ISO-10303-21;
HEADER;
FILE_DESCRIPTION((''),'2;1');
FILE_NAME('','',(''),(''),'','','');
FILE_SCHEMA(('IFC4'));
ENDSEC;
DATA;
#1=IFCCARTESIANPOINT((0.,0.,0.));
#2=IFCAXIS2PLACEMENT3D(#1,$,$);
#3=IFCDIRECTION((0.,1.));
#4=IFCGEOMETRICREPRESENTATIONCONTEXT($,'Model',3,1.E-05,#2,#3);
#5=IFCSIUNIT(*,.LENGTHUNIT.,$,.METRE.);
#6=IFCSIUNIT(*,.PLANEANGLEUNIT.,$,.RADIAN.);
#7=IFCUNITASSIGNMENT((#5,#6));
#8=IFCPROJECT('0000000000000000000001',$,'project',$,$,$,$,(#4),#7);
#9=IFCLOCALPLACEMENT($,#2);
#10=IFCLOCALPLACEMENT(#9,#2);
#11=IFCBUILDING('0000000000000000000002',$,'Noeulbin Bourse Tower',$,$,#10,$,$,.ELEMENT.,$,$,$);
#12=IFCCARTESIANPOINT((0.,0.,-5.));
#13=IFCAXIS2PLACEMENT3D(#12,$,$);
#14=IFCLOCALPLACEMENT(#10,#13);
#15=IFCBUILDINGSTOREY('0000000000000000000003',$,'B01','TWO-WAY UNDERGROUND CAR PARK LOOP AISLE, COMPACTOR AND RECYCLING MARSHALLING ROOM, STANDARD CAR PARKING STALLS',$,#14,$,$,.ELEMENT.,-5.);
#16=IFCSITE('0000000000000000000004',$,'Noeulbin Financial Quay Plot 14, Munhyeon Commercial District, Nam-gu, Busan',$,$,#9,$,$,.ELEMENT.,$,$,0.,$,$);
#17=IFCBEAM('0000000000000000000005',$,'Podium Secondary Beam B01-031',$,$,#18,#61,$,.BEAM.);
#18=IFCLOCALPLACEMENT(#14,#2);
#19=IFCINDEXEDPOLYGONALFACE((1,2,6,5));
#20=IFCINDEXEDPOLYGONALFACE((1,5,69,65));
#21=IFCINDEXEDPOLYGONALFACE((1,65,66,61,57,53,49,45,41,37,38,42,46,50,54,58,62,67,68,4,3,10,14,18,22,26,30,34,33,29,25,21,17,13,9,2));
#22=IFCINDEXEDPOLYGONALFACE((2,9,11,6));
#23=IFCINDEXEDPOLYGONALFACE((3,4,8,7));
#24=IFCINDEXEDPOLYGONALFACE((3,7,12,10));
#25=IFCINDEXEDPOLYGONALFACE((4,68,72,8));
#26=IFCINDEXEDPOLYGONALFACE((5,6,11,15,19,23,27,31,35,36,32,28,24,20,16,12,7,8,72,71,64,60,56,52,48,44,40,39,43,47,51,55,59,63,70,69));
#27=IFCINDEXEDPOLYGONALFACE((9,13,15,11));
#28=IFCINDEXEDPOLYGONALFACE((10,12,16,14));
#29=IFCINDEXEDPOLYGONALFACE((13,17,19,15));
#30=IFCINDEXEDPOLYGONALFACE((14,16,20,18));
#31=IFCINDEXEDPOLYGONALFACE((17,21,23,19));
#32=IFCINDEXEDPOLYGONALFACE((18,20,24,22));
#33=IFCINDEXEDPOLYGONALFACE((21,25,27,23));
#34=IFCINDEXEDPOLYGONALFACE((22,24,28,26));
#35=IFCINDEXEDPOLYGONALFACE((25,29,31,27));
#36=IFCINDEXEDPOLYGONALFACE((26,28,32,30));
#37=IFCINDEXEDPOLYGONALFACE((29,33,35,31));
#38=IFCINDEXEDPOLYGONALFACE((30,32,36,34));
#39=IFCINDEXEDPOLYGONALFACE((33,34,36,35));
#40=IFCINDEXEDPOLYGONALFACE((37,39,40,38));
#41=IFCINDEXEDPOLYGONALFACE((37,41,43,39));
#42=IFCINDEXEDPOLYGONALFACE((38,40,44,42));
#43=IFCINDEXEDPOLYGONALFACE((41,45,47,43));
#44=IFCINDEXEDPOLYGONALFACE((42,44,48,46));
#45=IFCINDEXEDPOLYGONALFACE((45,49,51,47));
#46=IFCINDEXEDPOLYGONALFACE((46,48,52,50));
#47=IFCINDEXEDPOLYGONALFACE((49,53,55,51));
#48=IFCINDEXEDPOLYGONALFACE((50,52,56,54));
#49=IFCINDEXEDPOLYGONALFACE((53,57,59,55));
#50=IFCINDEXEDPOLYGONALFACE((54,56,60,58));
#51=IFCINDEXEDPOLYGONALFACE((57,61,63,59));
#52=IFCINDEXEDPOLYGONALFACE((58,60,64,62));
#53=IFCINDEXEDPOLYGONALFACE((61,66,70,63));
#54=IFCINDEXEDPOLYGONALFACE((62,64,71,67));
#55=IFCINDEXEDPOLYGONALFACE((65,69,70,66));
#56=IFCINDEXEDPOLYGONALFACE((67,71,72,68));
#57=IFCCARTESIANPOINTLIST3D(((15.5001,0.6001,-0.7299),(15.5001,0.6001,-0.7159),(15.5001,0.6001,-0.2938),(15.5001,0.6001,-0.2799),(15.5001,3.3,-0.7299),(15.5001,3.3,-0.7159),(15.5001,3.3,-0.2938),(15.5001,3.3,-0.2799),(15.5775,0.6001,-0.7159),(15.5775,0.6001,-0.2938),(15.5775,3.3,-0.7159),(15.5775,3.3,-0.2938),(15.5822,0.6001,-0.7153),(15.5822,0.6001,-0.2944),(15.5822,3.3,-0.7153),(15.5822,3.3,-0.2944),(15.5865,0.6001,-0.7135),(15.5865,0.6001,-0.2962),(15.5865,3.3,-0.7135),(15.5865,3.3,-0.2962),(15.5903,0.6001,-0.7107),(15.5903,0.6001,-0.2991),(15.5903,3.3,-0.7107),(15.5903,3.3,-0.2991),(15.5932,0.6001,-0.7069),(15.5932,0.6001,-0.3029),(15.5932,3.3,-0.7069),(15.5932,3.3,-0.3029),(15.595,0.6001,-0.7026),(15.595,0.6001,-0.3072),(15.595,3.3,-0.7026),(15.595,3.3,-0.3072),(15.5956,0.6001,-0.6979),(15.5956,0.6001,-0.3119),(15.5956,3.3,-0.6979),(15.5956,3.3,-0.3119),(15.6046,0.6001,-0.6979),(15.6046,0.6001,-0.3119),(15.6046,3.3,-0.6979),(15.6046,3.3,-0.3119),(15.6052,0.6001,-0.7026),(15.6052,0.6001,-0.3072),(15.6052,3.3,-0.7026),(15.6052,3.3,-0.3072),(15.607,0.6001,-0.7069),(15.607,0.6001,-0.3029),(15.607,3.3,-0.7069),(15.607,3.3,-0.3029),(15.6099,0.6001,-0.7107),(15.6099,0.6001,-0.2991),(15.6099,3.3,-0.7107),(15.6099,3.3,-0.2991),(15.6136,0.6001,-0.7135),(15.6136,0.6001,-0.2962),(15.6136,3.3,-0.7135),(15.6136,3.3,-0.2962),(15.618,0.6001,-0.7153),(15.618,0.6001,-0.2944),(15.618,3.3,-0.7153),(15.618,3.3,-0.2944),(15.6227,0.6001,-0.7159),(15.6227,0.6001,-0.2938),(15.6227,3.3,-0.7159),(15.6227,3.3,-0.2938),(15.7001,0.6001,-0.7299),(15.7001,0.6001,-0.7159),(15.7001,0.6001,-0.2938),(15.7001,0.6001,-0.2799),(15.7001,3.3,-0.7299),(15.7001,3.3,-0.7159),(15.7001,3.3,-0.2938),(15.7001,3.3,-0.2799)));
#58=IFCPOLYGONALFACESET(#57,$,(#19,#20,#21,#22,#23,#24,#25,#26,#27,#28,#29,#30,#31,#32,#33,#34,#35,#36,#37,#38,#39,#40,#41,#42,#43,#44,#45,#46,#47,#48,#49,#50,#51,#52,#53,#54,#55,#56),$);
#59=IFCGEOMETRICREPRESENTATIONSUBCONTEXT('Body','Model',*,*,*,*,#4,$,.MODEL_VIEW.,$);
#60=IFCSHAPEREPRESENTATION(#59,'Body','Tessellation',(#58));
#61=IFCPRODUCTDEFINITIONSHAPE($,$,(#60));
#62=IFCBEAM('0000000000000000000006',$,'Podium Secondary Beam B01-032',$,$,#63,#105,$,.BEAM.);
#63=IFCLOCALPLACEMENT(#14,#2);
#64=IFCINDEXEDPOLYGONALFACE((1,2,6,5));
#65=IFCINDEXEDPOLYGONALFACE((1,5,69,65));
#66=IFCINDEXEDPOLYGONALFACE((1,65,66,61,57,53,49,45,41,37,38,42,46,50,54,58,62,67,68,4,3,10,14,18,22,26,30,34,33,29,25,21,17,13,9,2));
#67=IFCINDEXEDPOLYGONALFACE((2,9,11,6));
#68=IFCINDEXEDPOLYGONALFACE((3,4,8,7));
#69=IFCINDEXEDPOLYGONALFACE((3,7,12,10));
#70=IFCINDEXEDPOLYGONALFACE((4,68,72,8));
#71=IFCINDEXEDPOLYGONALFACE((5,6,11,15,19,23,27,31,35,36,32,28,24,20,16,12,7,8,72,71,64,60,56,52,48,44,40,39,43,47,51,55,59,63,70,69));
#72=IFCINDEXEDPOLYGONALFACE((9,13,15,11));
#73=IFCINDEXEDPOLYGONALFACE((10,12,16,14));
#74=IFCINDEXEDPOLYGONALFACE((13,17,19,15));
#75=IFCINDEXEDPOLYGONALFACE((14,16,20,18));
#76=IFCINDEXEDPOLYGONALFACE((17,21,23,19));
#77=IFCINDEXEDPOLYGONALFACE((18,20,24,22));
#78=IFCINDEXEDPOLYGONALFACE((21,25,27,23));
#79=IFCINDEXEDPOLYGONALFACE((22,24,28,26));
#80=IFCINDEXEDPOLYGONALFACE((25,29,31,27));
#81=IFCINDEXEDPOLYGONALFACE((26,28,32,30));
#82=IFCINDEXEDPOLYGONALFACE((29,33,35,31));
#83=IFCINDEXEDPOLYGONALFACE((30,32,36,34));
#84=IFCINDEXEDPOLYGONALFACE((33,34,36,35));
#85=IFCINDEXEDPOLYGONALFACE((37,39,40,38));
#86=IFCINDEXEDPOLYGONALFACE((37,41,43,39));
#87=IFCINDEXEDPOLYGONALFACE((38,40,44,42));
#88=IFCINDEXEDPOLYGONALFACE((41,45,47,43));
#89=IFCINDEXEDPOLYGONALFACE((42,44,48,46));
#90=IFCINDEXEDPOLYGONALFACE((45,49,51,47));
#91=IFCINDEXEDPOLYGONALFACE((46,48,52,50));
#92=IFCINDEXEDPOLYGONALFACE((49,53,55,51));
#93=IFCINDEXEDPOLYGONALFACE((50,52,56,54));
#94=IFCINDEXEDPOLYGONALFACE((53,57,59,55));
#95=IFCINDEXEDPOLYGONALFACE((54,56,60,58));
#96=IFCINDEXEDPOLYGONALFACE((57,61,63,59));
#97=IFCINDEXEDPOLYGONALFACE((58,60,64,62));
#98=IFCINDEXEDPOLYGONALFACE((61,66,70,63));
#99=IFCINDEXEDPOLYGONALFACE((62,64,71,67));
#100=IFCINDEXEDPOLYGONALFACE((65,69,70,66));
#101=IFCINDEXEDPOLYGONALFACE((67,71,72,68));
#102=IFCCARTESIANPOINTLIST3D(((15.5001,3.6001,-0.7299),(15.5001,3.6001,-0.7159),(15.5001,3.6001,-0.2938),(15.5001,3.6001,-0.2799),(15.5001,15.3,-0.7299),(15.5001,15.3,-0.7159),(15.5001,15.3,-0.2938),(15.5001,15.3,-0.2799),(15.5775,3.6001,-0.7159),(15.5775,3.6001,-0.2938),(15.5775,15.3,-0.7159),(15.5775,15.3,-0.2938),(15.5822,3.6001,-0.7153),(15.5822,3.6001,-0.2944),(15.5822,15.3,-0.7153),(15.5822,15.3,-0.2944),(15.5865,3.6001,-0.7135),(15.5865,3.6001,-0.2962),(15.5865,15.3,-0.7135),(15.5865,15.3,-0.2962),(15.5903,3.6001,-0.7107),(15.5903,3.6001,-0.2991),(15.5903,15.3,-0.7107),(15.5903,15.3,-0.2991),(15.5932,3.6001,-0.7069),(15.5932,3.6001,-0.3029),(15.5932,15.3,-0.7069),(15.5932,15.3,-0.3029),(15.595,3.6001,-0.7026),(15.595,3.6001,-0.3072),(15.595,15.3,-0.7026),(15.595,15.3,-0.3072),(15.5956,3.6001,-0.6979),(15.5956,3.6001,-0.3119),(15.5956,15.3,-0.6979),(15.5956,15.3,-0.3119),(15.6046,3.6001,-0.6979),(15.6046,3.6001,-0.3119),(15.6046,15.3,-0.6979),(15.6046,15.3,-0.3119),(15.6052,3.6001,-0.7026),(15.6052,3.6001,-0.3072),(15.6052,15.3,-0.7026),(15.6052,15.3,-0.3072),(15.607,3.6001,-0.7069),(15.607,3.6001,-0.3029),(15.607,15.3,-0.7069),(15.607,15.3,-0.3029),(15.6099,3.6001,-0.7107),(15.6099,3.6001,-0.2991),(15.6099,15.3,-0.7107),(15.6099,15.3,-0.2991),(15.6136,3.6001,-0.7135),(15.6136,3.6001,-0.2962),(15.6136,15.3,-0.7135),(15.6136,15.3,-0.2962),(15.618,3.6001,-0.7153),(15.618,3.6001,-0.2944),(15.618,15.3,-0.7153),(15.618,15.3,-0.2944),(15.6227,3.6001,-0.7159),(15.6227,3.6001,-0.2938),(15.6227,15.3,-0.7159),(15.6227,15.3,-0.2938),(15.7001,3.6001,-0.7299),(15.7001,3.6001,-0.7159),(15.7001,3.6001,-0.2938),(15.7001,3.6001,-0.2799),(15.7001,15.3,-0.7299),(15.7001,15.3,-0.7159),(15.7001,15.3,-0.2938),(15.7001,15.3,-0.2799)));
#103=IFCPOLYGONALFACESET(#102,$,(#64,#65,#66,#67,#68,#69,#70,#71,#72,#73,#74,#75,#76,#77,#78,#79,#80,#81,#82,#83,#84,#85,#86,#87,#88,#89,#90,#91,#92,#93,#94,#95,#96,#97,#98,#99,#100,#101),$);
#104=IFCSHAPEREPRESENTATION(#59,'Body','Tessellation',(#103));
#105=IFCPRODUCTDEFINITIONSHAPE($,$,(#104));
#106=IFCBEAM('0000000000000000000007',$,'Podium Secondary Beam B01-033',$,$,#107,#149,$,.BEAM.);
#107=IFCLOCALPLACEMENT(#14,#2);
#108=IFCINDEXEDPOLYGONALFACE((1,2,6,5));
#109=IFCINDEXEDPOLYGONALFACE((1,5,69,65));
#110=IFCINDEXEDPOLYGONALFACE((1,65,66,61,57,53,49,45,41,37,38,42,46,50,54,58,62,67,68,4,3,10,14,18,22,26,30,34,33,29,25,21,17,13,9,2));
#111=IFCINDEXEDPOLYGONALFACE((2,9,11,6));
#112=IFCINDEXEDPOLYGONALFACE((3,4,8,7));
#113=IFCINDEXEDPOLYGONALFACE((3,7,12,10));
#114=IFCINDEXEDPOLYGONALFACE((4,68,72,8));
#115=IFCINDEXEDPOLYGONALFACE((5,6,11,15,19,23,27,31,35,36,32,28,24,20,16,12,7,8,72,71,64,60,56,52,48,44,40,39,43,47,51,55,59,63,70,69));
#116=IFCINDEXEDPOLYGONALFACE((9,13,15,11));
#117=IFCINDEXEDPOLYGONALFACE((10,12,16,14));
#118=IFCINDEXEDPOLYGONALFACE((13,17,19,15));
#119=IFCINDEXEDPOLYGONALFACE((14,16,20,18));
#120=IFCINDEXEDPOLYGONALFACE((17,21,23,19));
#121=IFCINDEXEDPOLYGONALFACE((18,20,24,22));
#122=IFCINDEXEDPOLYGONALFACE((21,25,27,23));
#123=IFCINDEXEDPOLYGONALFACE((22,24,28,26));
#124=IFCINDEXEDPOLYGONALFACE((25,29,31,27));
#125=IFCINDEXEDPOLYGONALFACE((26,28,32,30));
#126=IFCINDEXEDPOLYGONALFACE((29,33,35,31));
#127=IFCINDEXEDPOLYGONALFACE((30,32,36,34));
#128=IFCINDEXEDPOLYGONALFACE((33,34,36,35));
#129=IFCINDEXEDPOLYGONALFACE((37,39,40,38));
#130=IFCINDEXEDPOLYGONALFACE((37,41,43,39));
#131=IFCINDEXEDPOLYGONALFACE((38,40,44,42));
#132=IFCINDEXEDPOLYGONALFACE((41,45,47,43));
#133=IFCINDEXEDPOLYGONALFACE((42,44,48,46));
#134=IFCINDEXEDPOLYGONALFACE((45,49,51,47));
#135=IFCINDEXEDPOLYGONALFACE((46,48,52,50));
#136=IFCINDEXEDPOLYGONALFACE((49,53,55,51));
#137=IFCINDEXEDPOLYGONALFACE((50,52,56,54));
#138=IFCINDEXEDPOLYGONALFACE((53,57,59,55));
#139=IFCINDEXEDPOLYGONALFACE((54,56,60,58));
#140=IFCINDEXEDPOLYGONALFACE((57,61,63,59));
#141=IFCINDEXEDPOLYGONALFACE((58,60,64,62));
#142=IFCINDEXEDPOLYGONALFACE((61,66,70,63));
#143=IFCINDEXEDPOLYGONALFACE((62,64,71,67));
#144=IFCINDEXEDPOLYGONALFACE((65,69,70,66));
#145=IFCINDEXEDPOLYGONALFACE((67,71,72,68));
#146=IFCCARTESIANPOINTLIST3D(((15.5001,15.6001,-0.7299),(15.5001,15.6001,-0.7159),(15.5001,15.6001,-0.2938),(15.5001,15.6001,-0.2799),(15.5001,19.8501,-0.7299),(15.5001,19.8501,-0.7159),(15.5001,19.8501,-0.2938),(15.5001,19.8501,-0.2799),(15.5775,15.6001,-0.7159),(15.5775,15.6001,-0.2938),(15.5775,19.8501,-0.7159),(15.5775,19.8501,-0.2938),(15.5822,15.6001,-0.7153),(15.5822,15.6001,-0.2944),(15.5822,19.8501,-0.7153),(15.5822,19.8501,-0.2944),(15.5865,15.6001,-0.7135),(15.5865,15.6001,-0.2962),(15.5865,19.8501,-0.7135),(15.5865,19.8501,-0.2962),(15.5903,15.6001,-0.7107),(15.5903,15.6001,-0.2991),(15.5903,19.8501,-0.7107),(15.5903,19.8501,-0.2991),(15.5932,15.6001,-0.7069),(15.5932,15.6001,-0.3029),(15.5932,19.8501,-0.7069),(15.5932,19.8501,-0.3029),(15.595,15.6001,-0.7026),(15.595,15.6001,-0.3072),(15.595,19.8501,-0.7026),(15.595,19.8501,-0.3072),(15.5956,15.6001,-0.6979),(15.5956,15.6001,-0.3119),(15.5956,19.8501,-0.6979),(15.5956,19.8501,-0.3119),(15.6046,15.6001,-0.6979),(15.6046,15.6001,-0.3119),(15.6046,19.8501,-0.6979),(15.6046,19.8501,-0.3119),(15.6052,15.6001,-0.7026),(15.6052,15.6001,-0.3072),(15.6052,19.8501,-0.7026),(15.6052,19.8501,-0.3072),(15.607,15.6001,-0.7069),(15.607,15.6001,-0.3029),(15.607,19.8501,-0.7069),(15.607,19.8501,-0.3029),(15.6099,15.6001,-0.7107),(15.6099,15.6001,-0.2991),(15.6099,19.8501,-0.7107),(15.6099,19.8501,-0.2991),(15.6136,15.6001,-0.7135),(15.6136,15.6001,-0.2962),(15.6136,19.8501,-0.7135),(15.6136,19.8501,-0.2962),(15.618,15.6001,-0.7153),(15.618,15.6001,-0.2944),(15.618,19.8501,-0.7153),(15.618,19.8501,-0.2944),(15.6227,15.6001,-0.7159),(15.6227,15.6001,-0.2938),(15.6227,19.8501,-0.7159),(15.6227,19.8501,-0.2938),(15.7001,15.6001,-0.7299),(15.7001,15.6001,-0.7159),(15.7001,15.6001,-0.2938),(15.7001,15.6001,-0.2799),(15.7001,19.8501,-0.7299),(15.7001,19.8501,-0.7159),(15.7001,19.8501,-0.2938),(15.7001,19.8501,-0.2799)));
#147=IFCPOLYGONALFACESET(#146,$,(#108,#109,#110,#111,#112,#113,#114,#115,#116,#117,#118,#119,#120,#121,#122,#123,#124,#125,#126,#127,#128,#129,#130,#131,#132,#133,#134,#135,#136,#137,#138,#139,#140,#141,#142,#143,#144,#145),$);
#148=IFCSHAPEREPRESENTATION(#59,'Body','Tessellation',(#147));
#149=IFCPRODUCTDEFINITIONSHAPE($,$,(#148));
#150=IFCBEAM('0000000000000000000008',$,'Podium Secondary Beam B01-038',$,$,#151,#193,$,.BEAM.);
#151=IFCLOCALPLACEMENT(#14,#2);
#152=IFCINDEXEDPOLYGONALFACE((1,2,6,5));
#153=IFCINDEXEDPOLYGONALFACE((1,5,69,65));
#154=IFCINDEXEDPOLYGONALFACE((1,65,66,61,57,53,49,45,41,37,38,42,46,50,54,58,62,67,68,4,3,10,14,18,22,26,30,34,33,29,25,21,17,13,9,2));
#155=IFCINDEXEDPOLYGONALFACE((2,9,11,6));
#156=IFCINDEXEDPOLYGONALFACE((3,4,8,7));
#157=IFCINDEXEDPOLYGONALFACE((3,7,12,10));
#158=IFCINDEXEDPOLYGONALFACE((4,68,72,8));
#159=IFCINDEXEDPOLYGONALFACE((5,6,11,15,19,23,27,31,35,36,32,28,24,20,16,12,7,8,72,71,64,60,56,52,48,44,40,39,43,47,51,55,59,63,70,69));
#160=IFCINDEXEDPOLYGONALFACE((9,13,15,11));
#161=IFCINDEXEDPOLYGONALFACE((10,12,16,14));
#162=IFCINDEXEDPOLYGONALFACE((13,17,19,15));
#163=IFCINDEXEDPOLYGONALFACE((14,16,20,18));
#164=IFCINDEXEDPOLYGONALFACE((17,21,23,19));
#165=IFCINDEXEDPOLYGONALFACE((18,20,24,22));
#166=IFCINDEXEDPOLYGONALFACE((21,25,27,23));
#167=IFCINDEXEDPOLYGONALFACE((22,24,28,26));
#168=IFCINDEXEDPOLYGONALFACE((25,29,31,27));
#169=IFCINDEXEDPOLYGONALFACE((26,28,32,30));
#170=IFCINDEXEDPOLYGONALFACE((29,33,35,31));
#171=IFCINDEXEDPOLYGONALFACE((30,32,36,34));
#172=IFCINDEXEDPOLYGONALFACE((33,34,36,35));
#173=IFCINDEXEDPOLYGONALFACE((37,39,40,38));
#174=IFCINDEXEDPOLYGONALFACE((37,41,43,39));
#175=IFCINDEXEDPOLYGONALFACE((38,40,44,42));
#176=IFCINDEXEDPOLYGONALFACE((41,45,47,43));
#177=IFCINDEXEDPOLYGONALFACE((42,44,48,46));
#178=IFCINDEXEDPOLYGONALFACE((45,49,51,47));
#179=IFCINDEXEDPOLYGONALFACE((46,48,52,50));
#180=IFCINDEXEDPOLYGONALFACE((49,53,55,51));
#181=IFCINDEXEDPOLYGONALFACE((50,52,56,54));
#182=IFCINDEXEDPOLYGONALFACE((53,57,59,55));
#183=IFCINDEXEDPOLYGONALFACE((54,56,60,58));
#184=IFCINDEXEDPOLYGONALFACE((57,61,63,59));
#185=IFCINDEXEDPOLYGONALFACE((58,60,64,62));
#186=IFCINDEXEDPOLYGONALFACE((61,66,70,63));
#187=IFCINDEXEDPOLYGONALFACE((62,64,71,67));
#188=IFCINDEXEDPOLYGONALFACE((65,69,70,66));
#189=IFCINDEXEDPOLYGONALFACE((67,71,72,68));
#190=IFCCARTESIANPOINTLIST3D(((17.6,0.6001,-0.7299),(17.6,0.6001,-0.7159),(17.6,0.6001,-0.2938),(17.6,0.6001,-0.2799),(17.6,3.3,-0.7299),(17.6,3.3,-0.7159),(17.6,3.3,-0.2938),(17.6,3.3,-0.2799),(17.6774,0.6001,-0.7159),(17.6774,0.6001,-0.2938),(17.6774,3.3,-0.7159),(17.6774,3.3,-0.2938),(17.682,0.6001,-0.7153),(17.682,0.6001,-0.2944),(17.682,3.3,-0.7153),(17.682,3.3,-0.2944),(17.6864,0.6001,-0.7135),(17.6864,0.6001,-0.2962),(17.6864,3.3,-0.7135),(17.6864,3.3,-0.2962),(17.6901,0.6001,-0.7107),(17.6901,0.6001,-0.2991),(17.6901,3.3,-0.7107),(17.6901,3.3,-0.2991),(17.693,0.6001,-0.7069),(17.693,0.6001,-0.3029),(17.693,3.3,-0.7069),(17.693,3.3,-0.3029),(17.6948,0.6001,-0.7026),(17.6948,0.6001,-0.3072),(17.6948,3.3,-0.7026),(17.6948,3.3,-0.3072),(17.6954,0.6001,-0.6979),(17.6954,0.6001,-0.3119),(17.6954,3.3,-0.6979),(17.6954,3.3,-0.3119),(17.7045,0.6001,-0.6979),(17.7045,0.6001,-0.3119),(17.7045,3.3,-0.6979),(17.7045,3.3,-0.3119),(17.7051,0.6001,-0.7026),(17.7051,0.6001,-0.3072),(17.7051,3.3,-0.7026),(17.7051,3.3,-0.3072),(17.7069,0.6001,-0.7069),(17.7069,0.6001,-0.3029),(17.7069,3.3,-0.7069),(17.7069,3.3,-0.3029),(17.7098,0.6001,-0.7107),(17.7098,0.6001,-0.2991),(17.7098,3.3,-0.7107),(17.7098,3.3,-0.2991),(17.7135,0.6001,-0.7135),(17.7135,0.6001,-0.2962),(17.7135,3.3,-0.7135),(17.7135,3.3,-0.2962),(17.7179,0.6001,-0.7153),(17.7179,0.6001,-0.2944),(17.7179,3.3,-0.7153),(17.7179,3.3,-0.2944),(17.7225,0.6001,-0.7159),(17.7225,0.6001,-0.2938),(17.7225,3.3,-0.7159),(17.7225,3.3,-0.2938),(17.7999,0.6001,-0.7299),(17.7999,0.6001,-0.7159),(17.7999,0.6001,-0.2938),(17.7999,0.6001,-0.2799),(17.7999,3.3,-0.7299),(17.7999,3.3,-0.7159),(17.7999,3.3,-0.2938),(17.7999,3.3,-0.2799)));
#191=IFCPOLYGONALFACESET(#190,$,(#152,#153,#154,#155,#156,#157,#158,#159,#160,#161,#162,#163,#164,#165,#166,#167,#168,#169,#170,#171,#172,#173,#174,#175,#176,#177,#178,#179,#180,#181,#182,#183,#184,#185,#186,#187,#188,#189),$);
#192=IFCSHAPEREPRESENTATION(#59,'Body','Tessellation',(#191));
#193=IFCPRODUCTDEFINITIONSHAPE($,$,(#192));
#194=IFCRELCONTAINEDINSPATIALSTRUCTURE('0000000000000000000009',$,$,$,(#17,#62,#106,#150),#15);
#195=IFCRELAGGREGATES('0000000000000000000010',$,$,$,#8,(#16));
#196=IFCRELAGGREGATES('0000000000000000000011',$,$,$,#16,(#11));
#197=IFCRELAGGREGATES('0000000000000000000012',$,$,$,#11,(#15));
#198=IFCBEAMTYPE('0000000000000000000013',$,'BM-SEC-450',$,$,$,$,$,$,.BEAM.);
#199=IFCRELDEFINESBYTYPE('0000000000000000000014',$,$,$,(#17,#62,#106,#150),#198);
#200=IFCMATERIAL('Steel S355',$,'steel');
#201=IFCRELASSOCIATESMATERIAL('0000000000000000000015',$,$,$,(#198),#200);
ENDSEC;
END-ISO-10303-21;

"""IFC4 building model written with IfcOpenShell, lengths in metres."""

from ifc_helpers import new_model, si_unit, direction, frame, origin, origin_2d, place, context, subcontext, project, spatial, i_section, extrude, material, material_profile, profile_set, type_object, element, save


model = new_model("IFC4")

# Units and contexts
model_context = context("Model", 3, precision=1e-05, world=origin(), true_north=direction((0.0, 1.0)))
body_context = subcontext(model_context, "Body", "Model", "MODEL_VIEW")
ifc_project = project(units=[si_unit("LENGTHUNIT", "METRE"), si_unit("PLANEANGLEUNIT", "RADIAN")], contexts=[model_context])

# Site, building, storey
site_placement = place(None, origin())
site = spatial("IfcSite", under=ifc_project, at=site_placement, Name="Noeulbin Financial Quay Plot 14, Munhyeon Commercial District, Nam-gu, Busan", CompositionType="ELEMENT", RefElevation=0.0)
building_placement = place(site_placement, origin())
building = spatial("IfcBuilding", under=site, at=building_placement, Name="Noeulbin Bourse Tower", CompositionType="ELEMENT")
storey_placement = place(building_placement, frame((0.0, 0.0, -5.0)))
storey = spatial("IfcBuildingStorey", under=building, at=storey_placement, Name="B01", Description="TWO-WAY UNDERGROUND CAR PARK LOOP AISLE, COMPACTOR AND RECYCLING MARSHALLING ROOM, STANDARD CAR PARKING STALLS", CompositionType="ELEMENT", Elevation=-5.0)

# Beams
ifc_material_1 = material(Name="Steel S355", Category="steel")
ifc_material_profile_1 = material_profile(ifc_material_1, i_section(OverallWidth=0.2, OverallDepth=0.45, WebThickness=0.009, FlangeThickness=0.0139, FilletRadius=0.0181, at=origin_2d()), Name="H-450x200x9x14", Category="LoadBearing")
ifc_profile_set_1 = profile_set([ifc_material_profile_1], Name="Steel S355")
beam_type_1 = type_object("IfcBeamType", Name="BM-SEC-450", PredefinedType="BEAM", material=ifc_profile_set_1)
beam_1_placement = place(storey_placement, frame((15.6001, 0.6001, -0.5049), z_axis=(0.0, 1.0, 0.0), x_axis=(-1.0, 0.0, 0.0)))
element("IfcBeam", 1, at=beam_1_placement, inside=storey, type_object=beam_type_1, Name="Podium Secondary Beam B01-031", PredefinedType="BEAM", context=body_context, shape_type="SweptSolid", body=[
    extrude(i_section(OverallWidth=0.2, OverallDepth=0.45, WebThickness=0.009, FlangeThickness=0.0139, FilletRadius=0.0181, at=origin_2d()), origin(), (0.0, 0.0, 1.0), 2.7),
])
beam_2_placement = place(storey_placement, frame((15.6001, 3.6001, -0.5049), z_axis=(0.0, 1.0, 0.0), x_axis=(-1.0, 0.0, 0.0)))
element("IfcBeam", 2, at=beam_2_placement, inside=storey, type_object=beam_type_1, Name="Podium Secondary Beam B01-032", PredefinedType="BEAM", context=body_context, shape_type="SweptSolid", body=[
    extrude(i_section(OverallWidth=0.2, OverallDepth=0.45, WebThickness=0.009, FlangeThickness=0.0139, FilletRadius=0.0181, at=origin_2d()), origin(), (0.0, 0.0, 1.0), 11.7),
])
beam_3_placement = place(storey_placement, frame((15.6001, 15.6001, -0.5049), z_axis=(0.0, 1.0, 0.0), x_axis=(-1.0, 0.0, 0.0)))
element("IfcBeam", 3, at=beam_3_placement, inside=storey, type_object=beam_type_1, Name="Podium Secondary Beam B01-033", PredefinedType="BEAM", context=body_context, shape_type="SweptSolid", body=[
    extrude(i_section(OverallWidth=0.2, OverallDepth=0.45, WebThickness=0.009, FlangeThickness=0.0139, FilletRadius=0.0181, at=origin_2d()), origin(), (0.0, 0.0, 1.0), 4.25),
])
beam_4_placement = place(storey_placement, frame((17.7, 0.6001, -0.5049), z_axis=(0.0, 1.0, 0.0), x_axis=(-1.0, 0.0, 0.0)))
element("IfcBeam", 4, at=beam_4_placement, inside=storey, type_object=beam_type_1, Name="Podium Secondary Beam B01-038", PredefinedType="BEAM", context=body_context, shape_type="SweptSolid", body=[
    extrude(i_section(OverallWidth=0.2, OverallDepth=0.45, WebThickness=0.009, FlangeThickness=0.0139, FilletRadius=0.0181, at=origin_2d()), origin(), (0.0, 0.0, 1.0), 2.7),
])

save(model, "model.ifc")
